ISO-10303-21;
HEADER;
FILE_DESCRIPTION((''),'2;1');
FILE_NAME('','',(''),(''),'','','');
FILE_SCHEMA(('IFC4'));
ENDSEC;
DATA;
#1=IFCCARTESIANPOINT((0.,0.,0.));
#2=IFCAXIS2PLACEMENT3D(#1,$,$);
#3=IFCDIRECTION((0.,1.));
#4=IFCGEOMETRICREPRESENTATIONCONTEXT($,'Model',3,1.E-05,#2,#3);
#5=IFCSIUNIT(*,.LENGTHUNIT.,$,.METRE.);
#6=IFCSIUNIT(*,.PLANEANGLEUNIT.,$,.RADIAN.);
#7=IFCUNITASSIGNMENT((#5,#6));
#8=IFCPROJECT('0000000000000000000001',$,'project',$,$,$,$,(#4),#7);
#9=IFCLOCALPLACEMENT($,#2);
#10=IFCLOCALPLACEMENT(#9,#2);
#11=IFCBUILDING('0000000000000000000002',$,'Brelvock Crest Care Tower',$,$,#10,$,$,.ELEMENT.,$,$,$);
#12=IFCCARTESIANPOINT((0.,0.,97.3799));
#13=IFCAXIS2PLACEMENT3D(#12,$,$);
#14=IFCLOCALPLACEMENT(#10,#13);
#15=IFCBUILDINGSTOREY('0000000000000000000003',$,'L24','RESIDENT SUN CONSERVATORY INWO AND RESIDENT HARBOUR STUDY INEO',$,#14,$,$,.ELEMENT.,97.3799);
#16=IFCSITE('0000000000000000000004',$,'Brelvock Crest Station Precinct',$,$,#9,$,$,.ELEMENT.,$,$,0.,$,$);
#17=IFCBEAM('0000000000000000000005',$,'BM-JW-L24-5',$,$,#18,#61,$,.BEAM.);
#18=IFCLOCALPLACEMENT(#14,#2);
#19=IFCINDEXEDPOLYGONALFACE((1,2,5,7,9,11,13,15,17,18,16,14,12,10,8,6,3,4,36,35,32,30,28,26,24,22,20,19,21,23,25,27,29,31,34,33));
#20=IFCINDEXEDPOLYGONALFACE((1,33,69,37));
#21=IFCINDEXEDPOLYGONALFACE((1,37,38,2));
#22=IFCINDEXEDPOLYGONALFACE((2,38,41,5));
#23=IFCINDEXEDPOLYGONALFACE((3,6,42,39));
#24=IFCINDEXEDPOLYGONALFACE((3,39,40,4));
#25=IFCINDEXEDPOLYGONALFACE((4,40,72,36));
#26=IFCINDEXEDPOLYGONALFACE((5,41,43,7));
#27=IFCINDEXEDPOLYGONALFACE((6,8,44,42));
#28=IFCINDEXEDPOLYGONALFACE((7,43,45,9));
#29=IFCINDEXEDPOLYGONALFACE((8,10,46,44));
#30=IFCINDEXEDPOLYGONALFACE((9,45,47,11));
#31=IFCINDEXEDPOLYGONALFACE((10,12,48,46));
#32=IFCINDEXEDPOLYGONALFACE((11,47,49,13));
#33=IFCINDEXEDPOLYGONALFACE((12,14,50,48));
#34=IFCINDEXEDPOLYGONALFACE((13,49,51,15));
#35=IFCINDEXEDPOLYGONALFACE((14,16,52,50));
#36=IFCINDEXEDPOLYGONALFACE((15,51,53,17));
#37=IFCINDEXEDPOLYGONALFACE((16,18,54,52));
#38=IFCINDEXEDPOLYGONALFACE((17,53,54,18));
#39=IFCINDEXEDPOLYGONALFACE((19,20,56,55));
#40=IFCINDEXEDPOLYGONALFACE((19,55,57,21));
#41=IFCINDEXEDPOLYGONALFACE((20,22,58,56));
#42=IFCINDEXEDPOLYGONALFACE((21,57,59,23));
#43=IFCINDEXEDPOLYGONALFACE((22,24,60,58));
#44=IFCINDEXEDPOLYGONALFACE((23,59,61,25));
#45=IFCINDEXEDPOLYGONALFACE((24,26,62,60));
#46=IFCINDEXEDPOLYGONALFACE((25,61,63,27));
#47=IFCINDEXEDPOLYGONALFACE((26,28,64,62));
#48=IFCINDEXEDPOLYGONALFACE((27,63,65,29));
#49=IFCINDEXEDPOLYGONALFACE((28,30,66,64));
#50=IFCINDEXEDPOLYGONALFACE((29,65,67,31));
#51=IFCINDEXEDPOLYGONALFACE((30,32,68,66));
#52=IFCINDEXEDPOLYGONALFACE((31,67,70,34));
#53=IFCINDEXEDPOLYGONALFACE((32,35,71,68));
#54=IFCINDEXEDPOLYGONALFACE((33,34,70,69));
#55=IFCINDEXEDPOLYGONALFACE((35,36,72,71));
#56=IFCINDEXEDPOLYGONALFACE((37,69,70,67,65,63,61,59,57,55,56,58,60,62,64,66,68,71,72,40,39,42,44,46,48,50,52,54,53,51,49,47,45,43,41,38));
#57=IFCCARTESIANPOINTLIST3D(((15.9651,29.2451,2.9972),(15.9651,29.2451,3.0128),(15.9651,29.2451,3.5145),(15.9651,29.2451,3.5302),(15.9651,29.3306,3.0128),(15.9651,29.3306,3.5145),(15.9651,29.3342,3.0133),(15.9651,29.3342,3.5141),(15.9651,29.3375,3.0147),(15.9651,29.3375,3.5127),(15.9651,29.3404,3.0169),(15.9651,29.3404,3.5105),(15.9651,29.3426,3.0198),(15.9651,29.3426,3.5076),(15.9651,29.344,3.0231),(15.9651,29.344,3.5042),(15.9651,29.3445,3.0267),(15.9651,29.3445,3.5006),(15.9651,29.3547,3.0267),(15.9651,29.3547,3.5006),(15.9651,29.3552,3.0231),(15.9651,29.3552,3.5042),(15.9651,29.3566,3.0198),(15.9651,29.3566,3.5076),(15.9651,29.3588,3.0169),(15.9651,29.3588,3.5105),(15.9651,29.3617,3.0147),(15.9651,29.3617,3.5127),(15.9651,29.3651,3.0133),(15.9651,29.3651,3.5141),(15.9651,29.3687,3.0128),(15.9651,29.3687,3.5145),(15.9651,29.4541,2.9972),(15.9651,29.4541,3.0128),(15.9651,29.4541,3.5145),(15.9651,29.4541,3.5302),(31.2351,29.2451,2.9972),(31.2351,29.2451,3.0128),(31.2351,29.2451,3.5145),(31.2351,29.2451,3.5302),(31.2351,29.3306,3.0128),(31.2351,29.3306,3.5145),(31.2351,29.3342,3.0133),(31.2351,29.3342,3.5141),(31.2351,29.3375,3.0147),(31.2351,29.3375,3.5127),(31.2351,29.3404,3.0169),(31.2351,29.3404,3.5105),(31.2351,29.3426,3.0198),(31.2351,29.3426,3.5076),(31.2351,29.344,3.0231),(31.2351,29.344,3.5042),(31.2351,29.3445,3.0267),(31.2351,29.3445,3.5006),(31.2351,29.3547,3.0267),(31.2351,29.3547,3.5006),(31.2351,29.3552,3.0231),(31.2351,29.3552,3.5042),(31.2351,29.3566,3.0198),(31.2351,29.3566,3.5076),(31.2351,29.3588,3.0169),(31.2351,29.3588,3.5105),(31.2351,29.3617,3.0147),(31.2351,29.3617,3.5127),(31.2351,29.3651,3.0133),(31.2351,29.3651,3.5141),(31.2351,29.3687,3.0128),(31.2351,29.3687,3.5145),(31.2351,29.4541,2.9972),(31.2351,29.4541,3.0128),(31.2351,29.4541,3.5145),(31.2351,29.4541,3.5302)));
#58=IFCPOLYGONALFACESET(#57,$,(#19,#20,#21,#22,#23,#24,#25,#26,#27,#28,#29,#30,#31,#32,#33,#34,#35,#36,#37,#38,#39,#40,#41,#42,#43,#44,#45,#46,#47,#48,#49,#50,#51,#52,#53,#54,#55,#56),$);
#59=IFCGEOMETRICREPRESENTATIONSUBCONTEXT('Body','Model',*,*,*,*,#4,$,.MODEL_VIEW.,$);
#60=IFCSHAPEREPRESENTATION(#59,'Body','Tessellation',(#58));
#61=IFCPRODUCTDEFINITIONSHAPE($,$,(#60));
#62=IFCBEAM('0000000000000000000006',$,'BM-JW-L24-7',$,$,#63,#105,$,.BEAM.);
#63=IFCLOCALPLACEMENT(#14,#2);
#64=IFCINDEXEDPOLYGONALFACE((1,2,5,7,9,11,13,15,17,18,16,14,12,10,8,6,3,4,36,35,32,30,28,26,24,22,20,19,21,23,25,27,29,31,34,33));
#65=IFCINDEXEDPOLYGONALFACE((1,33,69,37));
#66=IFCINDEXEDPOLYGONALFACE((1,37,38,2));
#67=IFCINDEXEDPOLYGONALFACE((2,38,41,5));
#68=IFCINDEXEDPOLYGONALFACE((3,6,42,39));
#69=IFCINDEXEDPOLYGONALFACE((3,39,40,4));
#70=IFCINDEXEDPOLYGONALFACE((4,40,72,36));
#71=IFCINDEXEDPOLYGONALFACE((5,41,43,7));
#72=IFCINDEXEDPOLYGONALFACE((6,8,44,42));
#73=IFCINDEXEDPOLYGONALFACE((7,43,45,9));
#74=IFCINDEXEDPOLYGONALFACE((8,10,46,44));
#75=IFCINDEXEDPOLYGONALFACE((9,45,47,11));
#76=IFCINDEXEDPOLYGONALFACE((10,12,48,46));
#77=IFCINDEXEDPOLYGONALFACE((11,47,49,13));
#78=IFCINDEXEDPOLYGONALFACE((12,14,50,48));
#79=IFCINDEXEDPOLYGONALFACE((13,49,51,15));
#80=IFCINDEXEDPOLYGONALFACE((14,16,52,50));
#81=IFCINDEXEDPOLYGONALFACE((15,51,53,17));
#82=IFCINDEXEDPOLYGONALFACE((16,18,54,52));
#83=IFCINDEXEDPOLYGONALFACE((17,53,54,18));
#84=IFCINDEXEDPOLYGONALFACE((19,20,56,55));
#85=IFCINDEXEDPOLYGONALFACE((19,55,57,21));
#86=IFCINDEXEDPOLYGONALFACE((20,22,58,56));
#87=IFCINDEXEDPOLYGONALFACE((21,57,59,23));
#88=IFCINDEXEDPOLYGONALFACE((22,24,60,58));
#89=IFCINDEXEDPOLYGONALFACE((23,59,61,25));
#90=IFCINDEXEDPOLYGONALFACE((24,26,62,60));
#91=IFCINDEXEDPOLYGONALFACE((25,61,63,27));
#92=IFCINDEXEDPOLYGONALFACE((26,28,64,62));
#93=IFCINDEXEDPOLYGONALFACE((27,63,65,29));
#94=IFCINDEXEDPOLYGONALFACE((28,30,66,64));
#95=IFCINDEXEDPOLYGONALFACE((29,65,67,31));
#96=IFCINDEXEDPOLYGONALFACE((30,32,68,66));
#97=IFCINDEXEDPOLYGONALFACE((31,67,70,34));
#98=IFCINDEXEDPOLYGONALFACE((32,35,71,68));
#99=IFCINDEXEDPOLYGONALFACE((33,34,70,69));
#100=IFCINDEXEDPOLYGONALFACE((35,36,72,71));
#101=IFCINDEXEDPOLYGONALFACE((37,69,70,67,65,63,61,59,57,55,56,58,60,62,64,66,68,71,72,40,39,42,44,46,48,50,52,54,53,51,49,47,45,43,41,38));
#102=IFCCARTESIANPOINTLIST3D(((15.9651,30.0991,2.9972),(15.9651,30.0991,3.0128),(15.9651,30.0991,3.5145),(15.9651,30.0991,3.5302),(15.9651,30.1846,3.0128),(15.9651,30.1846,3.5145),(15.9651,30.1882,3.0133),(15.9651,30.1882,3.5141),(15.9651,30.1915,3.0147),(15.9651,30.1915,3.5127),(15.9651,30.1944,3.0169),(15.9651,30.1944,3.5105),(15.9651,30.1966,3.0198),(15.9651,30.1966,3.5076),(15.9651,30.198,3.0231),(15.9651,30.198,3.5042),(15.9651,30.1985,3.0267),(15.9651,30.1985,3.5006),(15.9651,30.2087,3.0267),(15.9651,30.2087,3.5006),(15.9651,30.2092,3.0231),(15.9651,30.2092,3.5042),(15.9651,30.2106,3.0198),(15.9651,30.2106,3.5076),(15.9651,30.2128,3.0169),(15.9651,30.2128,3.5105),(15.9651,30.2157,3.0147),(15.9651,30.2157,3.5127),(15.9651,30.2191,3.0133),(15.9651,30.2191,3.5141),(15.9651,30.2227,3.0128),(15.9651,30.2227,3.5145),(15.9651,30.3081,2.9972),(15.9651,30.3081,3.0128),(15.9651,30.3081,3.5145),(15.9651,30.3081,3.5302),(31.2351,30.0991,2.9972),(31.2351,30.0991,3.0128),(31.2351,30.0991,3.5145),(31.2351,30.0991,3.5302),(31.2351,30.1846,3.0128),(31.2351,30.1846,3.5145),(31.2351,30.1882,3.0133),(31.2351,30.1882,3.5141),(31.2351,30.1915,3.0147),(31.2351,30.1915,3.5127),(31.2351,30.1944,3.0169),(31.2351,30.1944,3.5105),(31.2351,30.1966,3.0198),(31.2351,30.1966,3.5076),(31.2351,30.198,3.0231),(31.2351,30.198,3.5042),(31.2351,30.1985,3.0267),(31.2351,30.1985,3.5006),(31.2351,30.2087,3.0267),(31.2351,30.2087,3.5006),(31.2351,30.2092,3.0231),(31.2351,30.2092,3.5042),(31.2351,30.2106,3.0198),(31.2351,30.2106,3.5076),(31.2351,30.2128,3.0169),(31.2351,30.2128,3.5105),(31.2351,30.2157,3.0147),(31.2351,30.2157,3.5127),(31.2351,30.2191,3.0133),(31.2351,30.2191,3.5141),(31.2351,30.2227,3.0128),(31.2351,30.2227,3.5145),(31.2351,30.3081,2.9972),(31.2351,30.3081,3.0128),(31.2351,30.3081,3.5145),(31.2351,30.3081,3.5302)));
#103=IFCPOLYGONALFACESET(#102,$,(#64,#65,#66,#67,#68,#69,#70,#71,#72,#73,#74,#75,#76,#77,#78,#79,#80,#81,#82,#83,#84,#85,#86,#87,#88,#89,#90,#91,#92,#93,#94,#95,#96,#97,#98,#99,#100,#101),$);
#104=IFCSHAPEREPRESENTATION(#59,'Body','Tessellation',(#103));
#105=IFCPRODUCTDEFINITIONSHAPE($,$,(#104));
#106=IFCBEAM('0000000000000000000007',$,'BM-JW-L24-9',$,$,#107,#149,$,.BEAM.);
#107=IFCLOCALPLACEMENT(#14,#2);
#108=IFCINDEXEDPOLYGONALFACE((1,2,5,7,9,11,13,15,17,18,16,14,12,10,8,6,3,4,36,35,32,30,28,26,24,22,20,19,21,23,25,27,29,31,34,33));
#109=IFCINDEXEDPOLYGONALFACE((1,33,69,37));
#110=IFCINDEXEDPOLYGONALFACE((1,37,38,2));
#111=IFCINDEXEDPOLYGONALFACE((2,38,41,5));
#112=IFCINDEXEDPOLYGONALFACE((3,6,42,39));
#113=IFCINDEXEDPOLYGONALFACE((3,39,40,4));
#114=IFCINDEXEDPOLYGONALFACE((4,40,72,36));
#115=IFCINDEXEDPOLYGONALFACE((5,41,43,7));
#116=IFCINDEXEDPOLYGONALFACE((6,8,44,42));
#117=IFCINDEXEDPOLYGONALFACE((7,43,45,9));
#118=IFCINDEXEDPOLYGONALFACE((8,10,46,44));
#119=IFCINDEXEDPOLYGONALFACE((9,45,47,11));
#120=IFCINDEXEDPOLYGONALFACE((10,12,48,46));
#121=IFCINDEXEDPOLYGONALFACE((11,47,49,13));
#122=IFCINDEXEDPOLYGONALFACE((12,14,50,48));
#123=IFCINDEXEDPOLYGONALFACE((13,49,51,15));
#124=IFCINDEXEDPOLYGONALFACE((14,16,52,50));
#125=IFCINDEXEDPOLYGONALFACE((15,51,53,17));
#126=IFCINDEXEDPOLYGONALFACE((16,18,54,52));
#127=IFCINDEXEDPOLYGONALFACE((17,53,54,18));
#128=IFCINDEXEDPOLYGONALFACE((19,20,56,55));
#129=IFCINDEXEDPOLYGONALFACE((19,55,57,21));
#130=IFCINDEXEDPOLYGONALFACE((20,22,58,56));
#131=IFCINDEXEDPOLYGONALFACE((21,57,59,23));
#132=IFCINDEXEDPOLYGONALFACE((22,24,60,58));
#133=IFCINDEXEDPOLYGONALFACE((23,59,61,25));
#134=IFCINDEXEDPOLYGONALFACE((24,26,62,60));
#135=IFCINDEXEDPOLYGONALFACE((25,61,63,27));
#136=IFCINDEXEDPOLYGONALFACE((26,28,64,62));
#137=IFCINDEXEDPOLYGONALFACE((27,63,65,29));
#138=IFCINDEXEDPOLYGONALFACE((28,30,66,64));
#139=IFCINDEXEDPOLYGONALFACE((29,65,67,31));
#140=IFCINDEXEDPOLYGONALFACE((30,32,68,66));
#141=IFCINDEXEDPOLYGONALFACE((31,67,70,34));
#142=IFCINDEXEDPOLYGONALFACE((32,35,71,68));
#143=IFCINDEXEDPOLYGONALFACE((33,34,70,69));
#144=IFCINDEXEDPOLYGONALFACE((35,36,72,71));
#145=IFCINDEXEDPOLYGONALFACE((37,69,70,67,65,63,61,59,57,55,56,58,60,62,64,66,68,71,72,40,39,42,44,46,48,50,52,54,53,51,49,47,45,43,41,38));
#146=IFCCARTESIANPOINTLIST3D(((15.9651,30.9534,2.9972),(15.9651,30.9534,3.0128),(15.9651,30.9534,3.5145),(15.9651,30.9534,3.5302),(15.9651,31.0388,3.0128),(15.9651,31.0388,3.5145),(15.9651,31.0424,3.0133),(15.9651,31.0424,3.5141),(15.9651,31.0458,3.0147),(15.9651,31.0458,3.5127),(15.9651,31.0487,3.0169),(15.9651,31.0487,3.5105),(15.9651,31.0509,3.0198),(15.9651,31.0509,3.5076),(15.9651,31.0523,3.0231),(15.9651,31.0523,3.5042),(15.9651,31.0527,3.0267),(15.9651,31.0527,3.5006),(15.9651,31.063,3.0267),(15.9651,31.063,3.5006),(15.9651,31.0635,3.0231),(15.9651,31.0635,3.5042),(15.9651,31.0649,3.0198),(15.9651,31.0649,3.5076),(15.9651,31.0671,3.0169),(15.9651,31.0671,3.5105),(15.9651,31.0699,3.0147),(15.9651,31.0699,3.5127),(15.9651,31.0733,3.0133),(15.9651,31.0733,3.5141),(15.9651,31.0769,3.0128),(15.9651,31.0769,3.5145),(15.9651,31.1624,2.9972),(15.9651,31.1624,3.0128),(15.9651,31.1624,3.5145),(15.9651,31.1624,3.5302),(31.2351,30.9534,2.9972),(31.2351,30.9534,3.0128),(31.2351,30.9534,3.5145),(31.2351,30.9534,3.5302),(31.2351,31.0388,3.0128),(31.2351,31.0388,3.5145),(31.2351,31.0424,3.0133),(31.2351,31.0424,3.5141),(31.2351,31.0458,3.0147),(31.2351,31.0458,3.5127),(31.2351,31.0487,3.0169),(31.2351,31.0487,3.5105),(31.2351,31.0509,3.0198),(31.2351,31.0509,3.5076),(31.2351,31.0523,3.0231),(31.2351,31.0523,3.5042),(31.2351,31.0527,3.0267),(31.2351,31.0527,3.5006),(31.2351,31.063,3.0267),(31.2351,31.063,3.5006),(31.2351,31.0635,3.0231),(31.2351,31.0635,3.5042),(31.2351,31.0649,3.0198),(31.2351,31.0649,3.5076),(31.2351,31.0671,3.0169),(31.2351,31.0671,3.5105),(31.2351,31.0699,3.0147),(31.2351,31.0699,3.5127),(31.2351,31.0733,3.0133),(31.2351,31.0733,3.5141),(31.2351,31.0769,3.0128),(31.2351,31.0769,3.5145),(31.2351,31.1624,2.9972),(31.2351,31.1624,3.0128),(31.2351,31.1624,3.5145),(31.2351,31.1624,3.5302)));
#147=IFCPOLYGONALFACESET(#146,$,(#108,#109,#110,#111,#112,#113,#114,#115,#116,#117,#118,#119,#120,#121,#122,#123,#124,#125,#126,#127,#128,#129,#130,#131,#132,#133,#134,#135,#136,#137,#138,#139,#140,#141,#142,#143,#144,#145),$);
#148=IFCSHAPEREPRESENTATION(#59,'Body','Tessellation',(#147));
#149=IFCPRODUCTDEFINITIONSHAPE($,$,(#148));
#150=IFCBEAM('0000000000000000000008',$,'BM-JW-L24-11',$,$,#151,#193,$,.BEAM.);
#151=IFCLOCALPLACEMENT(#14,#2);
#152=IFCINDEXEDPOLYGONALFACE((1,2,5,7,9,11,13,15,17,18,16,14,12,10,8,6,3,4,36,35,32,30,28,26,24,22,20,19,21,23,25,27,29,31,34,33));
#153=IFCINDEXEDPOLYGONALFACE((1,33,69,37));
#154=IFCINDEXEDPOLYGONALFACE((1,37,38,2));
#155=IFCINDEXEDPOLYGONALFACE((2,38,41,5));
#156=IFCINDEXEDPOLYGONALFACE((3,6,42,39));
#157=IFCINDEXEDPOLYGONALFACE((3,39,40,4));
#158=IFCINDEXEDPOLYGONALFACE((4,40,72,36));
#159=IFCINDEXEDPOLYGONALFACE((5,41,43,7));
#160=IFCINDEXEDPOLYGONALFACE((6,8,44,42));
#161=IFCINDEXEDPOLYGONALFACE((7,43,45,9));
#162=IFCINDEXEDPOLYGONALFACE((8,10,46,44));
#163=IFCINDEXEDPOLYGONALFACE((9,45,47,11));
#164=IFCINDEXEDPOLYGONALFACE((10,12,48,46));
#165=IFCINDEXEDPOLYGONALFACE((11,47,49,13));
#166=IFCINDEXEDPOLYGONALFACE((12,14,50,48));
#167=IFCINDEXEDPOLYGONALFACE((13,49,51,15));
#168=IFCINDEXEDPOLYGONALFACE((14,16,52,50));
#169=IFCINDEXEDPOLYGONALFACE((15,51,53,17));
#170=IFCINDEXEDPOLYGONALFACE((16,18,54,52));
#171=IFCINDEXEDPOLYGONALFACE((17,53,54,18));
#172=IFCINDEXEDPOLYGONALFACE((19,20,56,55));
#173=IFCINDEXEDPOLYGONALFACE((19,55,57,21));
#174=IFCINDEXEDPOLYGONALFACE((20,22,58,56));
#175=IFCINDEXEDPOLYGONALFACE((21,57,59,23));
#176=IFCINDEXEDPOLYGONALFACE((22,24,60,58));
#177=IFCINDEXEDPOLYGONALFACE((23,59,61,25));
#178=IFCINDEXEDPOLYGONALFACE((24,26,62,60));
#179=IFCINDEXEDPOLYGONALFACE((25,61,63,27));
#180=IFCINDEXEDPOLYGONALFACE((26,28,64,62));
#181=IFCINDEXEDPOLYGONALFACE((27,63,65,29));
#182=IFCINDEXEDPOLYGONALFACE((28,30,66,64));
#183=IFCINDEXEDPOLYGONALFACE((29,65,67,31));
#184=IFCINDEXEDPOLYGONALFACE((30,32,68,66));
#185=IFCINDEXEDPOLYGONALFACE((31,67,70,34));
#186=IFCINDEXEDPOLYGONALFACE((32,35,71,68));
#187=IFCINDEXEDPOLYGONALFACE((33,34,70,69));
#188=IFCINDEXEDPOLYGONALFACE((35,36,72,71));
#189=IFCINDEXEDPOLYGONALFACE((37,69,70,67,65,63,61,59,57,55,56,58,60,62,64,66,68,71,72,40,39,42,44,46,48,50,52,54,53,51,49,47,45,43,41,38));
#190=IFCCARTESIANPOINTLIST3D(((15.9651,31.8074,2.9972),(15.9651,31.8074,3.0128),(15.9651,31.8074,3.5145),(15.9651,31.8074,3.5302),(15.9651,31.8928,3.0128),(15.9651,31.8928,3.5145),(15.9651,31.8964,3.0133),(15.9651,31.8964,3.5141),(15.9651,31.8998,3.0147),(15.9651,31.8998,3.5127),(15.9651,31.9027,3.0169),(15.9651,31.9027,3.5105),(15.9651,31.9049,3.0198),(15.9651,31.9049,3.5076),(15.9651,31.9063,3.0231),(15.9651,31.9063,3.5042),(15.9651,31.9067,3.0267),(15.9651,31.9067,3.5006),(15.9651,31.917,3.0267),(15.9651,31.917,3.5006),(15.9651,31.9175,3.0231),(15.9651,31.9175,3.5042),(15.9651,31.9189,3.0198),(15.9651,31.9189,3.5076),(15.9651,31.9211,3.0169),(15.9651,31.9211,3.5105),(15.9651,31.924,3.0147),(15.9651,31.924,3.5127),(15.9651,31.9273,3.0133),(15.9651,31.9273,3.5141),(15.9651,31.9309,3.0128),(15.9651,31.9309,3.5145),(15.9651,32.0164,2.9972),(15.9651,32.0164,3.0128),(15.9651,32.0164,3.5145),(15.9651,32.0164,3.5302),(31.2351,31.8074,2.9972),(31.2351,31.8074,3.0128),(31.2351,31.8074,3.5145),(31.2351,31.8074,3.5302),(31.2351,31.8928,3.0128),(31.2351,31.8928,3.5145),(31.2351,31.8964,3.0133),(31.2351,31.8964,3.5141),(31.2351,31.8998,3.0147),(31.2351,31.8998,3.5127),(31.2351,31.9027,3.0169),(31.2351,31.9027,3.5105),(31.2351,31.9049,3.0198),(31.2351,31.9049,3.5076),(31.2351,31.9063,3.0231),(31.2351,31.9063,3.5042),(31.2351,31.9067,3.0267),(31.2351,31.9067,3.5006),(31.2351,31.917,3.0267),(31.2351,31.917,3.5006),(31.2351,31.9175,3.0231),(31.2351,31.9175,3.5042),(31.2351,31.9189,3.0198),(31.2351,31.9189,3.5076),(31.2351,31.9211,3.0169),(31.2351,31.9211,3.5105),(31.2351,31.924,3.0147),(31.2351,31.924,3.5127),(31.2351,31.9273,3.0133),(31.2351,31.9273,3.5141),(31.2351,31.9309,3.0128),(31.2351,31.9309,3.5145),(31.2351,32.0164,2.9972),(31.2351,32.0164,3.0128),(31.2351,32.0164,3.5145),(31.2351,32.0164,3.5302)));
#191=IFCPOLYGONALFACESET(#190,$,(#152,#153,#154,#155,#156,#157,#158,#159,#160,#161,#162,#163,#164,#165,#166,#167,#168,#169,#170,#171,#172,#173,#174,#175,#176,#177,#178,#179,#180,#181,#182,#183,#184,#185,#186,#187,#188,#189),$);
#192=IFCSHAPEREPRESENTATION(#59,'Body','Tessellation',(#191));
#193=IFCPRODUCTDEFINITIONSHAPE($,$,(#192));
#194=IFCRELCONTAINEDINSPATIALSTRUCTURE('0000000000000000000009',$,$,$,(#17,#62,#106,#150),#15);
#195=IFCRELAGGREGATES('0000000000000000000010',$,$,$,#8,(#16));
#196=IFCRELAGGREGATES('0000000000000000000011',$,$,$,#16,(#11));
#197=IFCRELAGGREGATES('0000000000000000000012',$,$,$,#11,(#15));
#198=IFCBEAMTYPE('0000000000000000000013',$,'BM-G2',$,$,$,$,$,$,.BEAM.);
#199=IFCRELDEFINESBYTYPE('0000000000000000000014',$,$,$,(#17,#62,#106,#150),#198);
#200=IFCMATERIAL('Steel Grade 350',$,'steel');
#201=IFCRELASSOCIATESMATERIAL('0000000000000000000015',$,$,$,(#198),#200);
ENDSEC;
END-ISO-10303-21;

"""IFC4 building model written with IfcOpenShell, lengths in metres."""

from ifc_helpers import new_model, si_unit, direction, frame, origin, origin_2d, place, context, subcontext, project, spatial, i_section, extrude, source, transform, mapped, material, material_profile, profile_set, type_object, element, save


model = new_model("IFC4")

# Units and contexts
model_context = context("Model", 3, precision=1e-05, world=origin(), true_north=direction((0.0, 1.0)))
body_context = subcontext(model_context, "Body", "Model", "MODEL_VIEW")
ifc_project = project(units=[si_unit("LENGTHUNIT", "METRE"), si_unit("PLANEANGLEUNIT", "RADIAN")], contexts=[model_context])

# Site, building, storey
site_placement = place(None, origin())
site = spatial("IfcSite", under=ifc_project, at=site_placement, Name="Brelvock Crest Station Precinct", CompositionType="ELEMENT", RefElevation=0.0)
building_placement = place(site_placement, origin())
building = spatial("IfcBuilding", under=site, at=building_placement, Name="Brelvock Crest Care Tower", CompositionType="ELEMENT")
storey_placement = place(building_placement, frame((0.0, 0.0, 97.3799)))
storey = spatial("IfcBuildingStorey", under=building, at=storey_placement, Name="L24", Description="RESIDENT SUN CONSERVATORY INWO AND RESIDENT HARBOUR STUDY INEO", CompositionType="ELEMENT", Elevation=97.3799)

# Shared definitions
ifc_material_1 = material(Name="Steel Grade 350", Category="steel")

# Beams
ifc_material_profile_1 = material_profile(ifc_material_1, i_section(OverallWidth=0.209, OverallDepth=0.533, WebThickness=0.0103, FlangeThickness=0.0156, FilletRadius=0.0139, at=origin_2d()), Name="530UB92.4")
ifc_profile_set_1 = profile_set([ifc_material_profile_1], Name="Steel Grade 350")
beam_type_1 = type_object("IfcBeamType", Name="BM-G2", PredefinedType="BEAM", material=ifc_profile_set_1)
shared_shape_1 = source(origin(), body_context, "Body", "SweptSolid", [
    extrude(i_section(OverallWidth=0.209, OverallDepth=0.533, WebThickness=0.0103, FlangeThickness=0.0156, FilletRadius=0.0139, at=origin_2d()), origin(), (0.0, 0.0, 1.0), 15.27),
])
for number, where, z_axis, x_axis, name in (
    (1, (15.9651, 29.3496, 3.2637), (1.0, 0.0, 0.0), (0.0, 1.0, 0.0), "BM-JW-L24-5"),
    (2, (15.9651, 30.2036, 3.2637), (1.0, 0.0, 0.0), (0.0, 1.0, 0.0), "BM-JW-L24-7"),
    (3, (15.9651, 31.0579, 3.2637), (1.0, 0.0, 0.0), (0.0, 1.0, 0.0), "BM-JW-L24-9"),
    (4, (15.9651, 31.9119, 3.2637), (1.0, 0.0, 0.0), (0.0, 1.0, 0.0), "BM-JW-L24-11"),
):
    element("IfcBeam", number, at=place(storey_placement, frame(where, z_axis=z_axis, x_axis=x_axis)), inside=storey, type_object=beam_type_1, Name=name, PredefinedType="BEAM", context=body_context, shape_type="MappedRepresentation", body=[
        mapped(shared_shape_1, transform((0.0, 0.0, 0.0), x_axis=(1.0, 0.0, 0.0), y_axis=(0.0, 1.0, 0.0), z_axis=(0.0, 0.0, 1.0), scale=1.0)),
    ])

save(model, "model.ifc")
